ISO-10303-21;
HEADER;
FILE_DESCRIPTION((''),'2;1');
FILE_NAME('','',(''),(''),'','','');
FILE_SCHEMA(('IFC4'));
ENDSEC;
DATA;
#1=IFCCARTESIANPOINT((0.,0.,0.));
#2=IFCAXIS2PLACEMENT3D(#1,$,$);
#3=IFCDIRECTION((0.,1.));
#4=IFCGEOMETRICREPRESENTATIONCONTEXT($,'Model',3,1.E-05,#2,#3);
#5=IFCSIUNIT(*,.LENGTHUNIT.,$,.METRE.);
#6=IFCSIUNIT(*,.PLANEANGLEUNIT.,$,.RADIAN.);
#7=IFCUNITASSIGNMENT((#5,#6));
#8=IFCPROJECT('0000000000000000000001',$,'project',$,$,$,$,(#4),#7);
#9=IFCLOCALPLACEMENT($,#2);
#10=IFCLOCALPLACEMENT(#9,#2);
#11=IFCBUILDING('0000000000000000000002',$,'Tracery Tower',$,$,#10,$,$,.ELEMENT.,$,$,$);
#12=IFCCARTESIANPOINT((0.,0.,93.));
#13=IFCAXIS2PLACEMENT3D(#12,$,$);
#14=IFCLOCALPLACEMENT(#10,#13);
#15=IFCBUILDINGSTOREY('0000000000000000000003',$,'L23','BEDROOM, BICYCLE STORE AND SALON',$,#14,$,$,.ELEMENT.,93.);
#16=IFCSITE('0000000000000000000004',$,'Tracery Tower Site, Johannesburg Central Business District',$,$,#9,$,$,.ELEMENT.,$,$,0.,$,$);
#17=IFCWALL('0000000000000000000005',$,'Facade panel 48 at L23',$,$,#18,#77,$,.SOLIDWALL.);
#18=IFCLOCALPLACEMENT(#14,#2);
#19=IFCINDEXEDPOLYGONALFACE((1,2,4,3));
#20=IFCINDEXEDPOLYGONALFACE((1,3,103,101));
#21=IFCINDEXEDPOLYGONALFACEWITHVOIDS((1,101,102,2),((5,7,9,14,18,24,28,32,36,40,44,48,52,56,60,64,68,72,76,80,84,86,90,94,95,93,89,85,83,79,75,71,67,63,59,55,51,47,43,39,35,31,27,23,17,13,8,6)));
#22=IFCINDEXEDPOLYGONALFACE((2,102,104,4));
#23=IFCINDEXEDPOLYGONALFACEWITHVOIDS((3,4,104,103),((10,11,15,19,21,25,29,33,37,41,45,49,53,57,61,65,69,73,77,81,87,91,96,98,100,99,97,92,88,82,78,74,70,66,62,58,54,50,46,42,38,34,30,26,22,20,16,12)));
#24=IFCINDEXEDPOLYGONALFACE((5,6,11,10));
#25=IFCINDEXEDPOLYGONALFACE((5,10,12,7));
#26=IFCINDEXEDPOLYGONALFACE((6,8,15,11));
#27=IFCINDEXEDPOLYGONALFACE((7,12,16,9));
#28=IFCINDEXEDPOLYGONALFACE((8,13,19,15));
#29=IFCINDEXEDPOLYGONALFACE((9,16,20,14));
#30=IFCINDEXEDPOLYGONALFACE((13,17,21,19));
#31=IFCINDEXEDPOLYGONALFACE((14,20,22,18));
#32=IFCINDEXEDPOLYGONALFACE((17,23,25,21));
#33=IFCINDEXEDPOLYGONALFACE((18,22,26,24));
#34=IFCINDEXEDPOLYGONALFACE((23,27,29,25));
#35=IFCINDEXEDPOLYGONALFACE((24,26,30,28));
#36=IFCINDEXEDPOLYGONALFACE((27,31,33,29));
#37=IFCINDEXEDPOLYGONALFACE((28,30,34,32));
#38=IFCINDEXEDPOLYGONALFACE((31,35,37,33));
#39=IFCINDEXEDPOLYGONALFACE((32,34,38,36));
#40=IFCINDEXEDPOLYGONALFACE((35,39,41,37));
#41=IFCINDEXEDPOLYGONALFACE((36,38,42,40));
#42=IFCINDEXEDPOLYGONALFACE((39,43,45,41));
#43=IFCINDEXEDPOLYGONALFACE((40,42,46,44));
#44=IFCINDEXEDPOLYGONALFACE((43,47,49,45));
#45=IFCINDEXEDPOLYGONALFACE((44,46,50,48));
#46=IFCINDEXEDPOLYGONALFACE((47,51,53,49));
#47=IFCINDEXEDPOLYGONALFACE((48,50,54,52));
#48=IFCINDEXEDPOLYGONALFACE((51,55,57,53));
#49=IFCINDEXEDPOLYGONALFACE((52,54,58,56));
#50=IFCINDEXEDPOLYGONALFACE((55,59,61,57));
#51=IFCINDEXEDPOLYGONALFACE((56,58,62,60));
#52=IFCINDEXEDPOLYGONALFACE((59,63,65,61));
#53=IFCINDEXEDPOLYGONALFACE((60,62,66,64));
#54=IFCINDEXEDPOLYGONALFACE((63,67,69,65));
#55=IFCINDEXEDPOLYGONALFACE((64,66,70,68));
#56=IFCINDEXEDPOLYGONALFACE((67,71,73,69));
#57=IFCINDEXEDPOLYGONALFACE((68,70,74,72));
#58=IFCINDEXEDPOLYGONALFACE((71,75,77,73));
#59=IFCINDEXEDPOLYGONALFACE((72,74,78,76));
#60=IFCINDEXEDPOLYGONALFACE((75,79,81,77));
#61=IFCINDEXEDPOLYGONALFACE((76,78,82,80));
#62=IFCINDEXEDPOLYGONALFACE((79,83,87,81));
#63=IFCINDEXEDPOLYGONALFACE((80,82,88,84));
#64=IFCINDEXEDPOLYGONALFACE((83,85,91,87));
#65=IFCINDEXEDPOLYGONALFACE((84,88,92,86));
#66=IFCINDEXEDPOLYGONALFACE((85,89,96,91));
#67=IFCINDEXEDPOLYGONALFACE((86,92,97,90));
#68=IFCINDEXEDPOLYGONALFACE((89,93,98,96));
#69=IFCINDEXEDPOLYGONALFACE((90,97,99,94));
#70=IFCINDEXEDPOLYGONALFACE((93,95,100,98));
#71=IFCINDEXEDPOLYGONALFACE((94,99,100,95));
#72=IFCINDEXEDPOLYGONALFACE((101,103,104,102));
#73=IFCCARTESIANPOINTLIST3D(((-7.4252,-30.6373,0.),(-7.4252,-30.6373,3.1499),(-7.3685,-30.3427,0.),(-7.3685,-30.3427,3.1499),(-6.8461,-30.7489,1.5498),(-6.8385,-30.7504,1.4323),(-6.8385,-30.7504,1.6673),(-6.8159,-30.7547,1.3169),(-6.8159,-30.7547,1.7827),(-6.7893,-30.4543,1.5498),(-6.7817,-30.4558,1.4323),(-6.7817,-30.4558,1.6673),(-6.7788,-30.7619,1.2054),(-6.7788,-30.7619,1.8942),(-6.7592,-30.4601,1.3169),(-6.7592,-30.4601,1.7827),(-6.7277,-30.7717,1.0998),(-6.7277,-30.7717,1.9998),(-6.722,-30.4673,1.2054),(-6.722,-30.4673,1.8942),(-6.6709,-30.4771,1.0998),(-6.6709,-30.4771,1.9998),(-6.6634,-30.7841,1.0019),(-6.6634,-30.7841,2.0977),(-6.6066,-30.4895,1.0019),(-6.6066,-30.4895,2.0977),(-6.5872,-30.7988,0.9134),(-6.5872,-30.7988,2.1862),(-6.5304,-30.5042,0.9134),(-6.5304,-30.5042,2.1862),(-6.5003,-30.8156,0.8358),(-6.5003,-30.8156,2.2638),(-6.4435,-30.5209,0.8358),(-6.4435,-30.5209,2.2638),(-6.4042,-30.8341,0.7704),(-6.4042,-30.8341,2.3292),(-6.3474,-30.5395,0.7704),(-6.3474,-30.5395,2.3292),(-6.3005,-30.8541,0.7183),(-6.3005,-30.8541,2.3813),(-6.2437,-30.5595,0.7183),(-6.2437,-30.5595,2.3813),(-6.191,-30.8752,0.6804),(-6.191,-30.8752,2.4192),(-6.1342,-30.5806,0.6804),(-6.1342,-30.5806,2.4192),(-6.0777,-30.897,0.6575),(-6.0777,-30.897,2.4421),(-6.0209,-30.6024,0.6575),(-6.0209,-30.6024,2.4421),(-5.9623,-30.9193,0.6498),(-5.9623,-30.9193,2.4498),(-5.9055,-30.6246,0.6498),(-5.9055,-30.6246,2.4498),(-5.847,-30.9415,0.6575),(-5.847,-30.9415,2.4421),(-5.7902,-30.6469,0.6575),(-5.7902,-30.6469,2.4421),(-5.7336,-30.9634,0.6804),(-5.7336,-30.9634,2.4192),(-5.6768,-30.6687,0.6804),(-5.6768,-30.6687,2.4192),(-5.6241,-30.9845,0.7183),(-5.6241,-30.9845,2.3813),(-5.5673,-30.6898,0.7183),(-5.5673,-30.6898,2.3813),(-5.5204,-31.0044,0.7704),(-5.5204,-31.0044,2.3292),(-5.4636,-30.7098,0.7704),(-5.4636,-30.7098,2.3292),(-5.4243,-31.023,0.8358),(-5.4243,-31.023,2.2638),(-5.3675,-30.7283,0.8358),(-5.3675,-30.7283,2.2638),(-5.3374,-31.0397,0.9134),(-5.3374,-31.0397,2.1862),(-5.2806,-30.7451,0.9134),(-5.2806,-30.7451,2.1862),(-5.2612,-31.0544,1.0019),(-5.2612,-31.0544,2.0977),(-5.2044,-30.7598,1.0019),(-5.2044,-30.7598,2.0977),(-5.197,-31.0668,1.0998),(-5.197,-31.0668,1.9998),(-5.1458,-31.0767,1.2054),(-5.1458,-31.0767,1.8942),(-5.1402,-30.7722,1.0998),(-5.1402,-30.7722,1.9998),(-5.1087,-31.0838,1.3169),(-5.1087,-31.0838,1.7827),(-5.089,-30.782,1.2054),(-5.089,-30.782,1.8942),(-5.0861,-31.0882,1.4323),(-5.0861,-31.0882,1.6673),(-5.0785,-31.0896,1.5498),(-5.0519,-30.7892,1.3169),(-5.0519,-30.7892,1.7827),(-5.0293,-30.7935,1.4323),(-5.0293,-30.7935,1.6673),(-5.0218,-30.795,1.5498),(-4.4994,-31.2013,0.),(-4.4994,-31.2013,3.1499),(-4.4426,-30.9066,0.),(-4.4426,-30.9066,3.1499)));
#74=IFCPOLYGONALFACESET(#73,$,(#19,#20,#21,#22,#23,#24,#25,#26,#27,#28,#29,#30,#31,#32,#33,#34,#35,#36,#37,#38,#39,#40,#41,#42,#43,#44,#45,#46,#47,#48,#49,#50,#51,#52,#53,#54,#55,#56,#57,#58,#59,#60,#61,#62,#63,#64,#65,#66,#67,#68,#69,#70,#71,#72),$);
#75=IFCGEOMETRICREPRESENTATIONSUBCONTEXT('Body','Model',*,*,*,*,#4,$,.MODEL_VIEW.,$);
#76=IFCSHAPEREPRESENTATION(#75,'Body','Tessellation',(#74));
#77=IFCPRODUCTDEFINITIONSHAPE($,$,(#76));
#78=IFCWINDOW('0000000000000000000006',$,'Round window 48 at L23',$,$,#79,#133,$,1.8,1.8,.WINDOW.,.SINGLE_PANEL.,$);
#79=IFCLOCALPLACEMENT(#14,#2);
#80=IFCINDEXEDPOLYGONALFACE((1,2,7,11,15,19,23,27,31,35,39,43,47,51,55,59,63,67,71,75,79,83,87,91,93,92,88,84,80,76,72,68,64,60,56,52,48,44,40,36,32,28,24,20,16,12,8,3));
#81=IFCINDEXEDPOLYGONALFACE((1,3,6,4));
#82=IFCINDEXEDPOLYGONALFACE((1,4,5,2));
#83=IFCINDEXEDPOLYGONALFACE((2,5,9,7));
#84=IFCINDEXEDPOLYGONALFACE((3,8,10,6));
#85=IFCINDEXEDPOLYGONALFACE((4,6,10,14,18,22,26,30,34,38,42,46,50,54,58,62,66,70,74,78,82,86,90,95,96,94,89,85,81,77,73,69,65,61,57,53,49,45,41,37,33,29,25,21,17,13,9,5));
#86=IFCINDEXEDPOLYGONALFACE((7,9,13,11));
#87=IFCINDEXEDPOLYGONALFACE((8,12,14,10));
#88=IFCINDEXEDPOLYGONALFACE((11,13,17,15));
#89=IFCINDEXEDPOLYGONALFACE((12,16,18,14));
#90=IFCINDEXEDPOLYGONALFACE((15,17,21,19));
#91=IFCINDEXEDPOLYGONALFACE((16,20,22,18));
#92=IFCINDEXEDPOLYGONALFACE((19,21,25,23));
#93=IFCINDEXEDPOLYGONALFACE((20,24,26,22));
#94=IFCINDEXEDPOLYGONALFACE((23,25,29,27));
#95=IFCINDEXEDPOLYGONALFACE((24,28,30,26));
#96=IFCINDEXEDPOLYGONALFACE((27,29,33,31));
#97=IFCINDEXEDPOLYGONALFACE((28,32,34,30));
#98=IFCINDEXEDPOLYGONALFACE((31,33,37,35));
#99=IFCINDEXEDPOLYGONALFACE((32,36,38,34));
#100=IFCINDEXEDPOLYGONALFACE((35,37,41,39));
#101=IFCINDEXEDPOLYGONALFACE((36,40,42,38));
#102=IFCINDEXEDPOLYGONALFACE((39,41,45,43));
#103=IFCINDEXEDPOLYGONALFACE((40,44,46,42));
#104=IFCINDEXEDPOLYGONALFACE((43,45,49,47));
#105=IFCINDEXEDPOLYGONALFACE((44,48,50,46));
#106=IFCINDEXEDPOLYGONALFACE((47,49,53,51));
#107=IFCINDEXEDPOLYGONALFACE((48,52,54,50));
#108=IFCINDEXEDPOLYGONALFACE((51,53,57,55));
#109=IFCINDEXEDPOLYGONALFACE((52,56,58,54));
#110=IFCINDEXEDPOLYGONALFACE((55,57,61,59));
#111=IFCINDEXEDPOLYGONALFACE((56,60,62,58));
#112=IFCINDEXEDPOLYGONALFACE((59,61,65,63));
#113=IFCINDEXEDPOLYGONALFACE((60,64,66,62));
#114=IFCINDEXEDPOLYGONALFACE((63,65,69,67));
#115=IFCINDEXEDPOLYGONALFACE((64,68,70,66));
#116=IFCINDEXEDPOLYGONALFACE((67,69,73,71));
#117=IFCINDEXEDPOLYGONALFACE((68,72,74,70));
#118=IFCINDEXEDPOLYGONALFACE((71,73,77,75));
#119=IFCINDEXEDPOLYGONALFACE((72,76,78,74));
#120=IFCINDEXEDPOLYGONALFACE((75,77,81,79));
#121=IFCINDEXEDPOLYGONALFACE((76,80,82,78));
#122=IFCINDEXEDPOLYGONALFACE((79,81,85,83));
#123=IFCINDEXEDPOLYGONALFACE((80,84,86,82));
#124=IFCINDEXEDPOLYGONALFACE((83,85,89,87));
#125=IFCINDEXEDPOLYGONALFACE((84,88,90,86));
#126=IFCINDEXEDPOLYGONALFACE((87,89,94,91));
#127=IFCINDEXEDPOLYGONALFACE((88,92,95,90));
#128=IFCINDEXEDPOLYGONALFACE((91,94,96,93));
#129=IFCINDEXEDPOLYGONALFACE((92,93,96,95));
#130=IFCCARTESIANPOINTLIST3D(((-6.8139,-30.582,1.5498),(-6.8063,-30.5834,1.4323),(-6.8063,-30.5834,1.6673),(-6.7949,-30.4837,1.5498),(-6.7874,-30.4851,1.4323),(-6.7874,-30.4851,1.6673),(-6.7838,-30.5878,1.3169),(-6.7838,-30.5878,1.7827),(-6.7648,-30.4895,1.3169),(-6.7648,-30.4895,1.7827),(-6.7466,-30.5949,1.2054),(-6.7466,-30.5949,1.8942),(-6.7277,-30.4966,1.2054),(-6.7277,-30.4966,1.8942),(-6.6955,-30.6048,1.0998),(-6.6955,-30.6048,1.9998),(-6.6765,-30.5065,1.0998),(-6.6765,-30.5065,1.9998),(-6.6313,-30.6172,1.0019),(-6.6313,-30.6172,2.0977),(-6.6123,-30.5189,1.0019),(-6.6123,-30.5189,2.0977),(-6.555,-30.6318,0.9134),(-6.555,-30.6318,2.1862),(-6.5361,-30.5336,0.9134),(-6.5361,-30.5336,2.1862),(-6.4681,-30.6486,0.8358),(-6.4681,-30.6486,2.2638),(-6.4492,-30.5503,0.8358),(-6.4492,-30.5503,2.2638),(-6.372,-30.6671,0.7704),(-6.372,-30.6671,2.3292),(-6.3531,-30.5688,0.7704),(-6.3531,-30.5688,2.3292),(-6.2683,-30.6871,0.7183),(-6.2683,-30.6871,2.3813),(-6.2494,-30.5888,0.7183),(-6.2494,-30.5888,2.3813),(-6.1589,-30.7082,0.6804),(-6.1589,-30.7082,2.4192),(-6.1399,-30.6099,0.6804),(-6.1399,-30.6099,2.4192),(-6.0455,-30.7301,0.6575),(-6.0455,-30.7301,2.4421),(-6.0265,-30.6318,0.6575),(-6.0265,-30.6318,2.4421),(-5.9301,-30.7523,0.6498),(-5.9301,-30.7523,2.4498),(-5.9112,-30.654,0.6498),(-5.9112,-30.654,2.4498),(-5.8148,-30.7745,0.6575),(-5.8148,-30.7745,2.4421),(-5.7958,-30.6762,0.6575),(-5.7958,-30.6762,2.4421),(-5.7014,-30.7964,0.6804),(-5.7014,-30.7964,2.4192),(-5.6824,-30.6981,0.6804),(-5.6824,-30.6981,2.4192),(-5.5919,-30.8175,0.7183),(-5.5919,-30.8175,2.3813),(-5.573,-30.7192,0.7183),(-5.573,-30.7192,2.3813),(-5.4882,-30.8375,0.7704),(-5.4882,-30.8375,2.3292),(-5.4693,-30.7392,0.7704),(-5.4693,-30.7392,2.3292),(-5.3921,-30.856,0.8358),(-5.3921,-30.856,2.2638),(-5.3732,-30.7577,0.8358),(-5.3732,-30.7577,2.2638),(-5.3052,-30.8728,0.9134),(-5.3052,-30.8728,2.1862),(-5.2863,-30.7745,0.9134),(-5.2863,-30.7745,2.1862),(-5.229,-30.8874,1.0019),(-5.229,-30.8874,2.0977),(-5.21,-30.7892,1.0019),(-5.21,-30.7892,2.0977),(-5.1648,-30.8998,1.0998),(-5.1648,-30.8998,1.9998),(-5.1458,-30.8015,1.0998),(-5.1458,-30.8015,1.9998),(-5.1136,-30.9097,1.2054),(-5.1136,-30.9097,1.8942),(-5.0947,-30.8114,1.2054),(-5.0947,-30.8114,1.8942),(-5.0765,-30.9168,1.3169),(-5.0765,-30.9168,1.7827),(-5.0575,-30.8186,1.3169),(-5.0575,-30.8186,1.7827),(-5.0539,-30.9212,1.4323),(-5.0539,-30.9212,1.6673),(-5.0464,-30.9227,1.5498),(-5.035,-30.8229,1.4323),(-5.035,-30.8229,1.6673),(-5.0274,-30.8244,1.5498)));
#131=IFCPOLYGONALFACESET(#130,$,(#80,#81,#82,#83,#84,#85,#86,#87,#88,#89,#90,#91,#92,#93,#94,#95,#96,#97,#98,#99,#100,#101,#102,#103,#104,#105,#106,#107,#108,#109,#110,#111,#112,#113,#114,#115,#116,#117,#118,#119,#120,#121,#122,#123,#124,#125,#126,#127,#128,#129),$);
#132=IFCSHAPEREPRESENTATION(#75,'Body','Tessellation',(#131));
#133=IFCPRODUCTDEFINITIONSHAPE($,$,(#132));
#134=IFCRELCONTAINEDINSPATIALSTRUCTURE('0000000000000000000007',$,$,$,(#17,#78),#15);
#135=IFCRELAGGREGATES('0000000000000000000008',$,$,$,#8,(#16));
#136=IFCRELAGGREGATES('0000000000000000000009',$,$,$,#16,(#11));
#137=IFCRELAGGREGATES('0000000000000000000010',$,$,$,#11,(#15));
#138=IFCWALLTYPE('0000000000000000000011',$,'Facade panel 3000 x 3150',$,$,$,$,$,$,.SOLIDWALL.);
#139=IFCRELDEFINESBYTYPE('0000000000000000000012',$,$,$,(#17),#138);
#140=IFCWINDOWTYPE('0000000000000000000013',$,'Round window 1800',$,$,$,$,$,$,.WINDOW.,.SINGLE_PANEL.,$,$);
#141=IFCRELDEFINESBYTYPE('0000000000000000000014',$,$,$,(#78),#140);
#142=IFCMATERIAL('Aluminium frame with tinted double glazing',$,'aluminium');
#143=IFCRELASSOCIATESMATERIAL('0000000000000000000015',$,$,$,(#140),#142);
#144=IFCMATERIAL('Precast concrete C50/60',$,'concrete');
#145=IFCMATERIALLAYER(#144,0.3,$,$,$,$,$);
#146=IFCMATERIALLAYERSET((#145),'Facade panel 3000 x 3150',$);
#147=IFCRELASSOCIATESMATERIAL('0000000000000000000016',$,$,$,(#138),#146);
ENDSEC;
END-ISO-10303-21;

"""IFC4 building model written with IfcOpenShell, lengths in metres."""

from ifc_helpers import new_model, si_unit, direction, frame, frame_2d, origin, origin_2d, place, context, subcontext, project, spatial, rectangle, circle, extrude, material, layer, layer_set, type_object, element, fill, save


model = new_model("IFC4")

# Units and contexts
model_context = context("Model", 3, precision=1e-05, world=origin(), true_north=direction((0.0, 1.0)))
body_context = subcontext(model_context, "Body", "Model", "MODEL_VIEW")
ifc_project = project(units=[si_unit("LENGTHUNIT", "METRE"), si_unit("PLANEANGLEUNIT", "RADIAN")], contexts=[model_context])

# Site, building, storey
site_placement = place(None, origin())
site = spatial("IfcSite", under=ifc_project, at=site_placement, Name="Tracery Tower Site, Johannesburg Central Business District", CompositionType="ELEMENT", RefElevation=0.0)
building_placement = place(site_placement, origin())
building = spatial("IfcBuilding", under=site, at=building_placement, Name="Tracery Tower", CompositionType="ELEMENT")
storey_placement = place(building_placement, frame((0.0, 0.0, 93.0)))
storey = spatial("IfcBuildingStorey", under=building, at=storey_placement, Name="L23", Description="BEDROOM, BICYCLE STORE AND SALON", CompositionType="ELEMENT", Elevation=93.0)

# Wall, opening, window
ifc_material_1 = material(Name="Aluminium frame with tinted double glazing", Category="aluminium")
window_type = type_object("IfcWindowType", Name="Round window 1800", PartitioningType="SINGLE_PANEL", PredefinedType="WINDOW", material=ifc_material_1)
ifc_material_2 = material(Name="Precast concrete C50/60", Category="concrete")
ifc_layer_1 = layer(ifc_material_2, 0.3)
ifc_layer_set_1 = layer_set([ifc_layer_1], Name="Facade panel 3000 x 3150")
wall_type_1 = type_object("IfcWallType", Name="Facade panel 3000 x 3150", PredefinedType="SOLIDWALL", material=ifc_layer_set_1)
wall_1_placement = place(storey_placement, frame((-7.3967, -30.49, 0.0), z_axis=(0.0, 0.0, 1.0), x_axis=(0.981925, -0.189273, 0.0)))
wall_1 = element("IfcWall", 1, at=wall_1_placement, inside=storey, type_object=wall_type_1, Name="Facade panel 48 at L23", PredefinedType="SOLIDWALL", context=body_context, shape_type="SweptSolid", body=[
    extrude(rectangle(XDim=2.9797, YDim=0.3, at=frame_2d((1.4897, 0.0))), origin(), (0.0, 0.0, 1.0), 3.1499),
])
opening_1_placement = place(wall_1_placement, frame((1.4897, 0.0, 1.5498)))
opening_1 = element("IfcOpeningElement", 2, at=opening_1_placement, cuts=wall_1, PredefinedType="OPENING", context=body_context, shape_type="SweptSolid", body=[
    extrude(circle(Radius=0.9, at=origin_2d()), frame((0.0, 0.1599, 0.0), z_axis=(0.0, -1.0, 0.0), x_axis=(1.0, 0.0, 0.0)), (0.0, 0.0, 1.0), 0.3201),
])
window_1_placement = place(opening_1_placement, origin())
window_1 = element("IfcWindow", 3, at=window_1_placement, inside=storey, type_object=window_type, Name="Round window 48 at L23", OverallHeight=1.8, OverallWidth=1.8, PartitioningType="SINGLE_PANEL", PredefinedType="WINDOW", context=body_context, shape_type="SweptSolid", body=[
    extrude(circle(Radius=0.9, at=origin_2d()), frame((0.0, 0.1201, 0.0), z_axis=(0.0, -1.0, 0.0), x_axis=(1.0, 0.0, 0.0)), (0.0, 0.0, 1.0), 0.1001),
])
fill(opening_1, window_1)

save(model, "model.ifc")
